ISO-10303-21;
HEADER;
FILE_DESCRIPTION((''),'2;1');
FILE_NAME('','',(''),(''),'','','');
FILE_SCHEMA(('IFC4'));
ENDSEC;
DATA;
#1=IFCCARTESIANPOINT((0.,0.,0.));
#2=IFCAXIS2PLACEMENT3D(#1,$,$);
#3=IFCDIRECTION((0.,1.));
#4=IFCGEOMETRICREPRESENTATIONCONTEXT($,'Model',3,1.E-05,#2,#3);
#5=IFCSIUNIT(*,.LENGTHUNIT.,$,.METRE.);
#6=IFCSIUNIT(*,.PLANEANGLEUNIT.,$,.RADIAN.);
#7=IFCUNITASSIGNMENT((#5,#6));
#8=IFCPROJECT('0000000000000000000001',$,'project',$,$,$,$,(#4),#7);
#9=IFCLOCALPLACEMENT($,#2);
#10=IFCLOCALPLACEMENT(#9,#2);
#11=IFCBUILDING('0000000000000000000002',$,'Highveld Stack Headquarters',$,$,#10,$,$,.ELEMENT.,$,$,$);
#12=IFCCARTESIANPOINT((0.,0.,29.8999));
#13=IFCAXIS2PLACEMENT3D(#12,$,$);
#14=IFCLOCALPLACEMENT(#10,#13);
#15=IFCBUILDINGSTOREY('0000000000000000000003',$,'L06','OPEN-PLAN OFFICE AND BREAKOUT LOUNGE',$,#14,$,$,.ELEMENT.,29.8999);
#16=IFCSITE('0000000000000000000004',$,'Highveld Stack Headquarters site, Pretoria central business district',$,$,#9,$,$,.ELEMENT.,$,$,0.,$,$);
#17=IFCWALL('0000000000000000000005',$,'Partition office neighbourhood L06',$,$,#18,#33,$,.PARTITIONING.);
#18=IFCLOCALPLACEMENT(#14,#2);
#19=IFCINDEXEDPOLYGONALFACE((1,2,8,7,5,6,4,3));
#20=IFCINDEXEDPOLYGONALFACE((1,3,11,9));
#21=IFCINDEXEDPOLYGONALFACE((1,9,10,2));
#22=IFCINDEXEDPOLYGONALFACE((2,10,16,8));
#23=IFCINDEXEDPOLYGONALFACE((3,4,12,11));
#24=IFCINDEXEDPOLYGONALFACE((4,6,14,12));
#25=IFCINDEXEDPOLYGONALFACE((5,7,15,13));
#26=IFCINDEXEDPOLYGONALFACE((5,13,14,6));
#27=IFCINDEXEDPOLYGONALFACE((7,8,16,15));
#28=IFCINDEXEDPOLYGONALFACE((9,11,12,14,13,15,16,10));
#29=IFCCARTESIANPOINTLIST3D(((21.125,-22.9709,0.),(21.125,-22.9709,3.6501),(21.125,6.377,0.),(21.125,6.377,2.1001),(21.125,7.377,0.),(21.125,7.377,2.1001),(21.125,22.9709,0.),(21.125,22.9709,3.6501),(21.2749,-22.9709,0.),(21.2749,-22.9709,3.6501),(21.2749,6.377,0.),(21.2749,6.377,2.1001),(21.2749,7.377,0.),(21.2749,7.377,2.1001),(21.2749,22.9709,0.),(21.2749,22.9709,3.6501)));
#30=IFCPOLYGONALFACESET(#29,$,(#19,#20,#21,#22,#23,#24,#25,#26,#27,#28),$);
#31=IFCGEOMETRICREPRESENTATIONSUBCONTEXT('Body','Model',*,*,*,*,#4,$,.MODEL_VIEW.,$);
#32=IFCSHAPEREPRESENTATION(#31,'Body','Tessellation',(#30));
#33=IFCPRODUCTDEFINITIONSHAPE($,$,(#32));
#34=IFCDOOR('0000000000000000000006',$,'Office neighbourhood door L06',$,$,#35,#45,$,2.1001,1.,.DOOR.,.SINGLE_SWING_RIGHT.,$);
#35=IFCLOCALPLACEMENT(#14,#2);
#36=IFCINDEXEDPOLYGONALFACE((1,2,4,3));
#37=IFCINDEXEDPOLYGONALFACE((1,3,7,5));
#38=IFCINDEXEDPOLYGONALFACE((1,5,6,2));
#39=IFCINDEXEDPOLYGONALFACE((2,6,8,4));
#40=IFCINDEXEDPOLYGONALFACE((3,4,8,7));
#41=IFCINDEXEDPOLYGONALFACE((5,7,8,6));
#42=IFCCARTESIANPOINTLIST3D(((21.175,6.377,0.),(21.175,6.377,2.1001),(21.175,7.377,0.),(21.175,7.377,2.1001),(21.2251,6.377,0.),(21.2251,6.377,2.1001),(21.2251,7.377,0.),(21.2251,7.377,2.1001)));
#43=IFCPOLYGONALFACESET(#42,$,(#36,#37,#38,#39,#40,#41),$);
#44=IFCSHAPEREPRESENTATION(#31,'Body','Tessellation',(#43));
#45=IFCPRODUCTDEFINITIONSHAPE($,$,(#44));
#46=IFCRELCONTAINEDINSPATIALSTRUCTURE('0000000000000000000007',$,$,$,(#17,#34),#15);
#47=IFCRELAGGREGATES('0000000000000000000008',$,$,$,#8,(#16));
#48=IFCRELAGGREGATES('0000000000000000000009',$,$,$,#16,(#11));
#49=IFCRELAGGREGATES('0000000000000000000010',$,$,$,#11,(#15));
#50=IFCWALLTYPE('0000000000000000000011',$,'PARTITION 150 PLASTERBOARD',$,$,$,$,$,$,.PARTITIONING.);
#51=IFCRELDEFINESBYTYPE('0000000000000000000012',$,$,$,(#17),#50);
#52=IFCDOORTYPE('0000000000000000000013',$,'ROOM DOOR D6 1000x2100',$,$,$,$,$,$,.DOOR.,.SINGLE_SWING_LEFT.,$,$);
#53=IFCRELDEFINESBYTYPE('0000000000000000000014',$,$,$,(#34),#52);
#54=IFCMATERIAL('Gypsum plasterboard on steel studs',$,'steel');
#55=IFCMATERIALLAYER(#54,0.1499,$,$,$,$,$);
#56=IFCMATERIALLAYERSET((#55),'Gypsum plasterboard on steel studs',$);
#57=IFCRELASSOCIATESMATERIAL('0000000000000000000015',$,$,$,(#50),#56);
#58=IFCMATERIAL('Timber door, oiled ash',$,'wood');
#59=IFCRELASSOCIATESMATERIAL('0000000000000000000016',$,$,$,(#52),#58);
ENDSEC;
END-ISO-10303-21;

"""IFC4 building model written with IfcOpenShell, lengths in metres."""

from ifc_helpers import new_model, si_unit, direction, frame, frame_2d, origin, place, context, subcontext, project, spatial, rectangle, extrude, material, layer, layer_set, type_object, element, fill, save


model = new_model("IFC4")

# Units and contexts
model_context = context("Model", 3, precision=1e-05, world=origin(), true_north=direction((0.0, 1.0)))
body_context = subcontext(model_context, "Body", "Model", "MODEL_VIEW")
ifc_project = project(units=[si_unit("LENGTHUNIT", "METRE"), si_unit("PLANEANGLEUNIT", "RADIAN")], contexts=[model_context])

# Site, building, storey
site_placement = place(None, origin())
site = spatial("IfcSite", under=ifc_project, at=site_placement, Name="Highveld Stack Headquarters site, Pretoria central business district", CompositionType="ELEMENT", RefElevation=0.0)
building_placement = place(site_placement, origin())
building = spatial("IfcBuilding", under=site, at=building_placement, Name="Highveld Stack Headquarters", CompositionType="ELEMENT")
storey_placement = place(building_placement, frame((0.0, 0.0, 29.8999)))
storey = spatial("IfcBuildingStorey", under=building, at=storey_placement, Name="L06", Description="OPEN-PLAN OFFICE AND BREAKOUT LOUNGE", CompositionType="ELEMENT", Elevation=29.8999)

# Wall, opening, door
ifc_material_1 = material(Name="Gypsum plasterboard on steel studs", Category="steel")
ifc_layer_1 = layer(ifc_material_1, 0.1499)
ifc_layer_set_1 = layer_set([ifc_layer_1], Name="Gypsum plasterboard on steel studs")
wall_type = type_object("IfcWallType", Name="PARTITION 150 PLASTERBOARD", PredefinedType="PARTITIONING", material=ifc_layer_set_1)
ifc_material_2 = material(Name="Timber door, oiled ash", Category="wood")
door_type = type_object("IfcDoorType", Name="ROOM DOOR D6 1000x2100", OperationType="SINGLE_SWING_LEFT", PredefinedType="DOOR", material=ifc_material_2)
wall_1_placement = place(storey_placement, frame((21.2, -22.9709, 0.0), z_axis=(0.0, 0.0, 1.0), x_axis=(0.0, 1.0, 0.0)))
wall_1 = element("IfcWall", 1, at=wall_1_placement, inside=storey, type_object=wall_type, Name="Partition office neighbourhood L06", PredefinedType="PARTITIONING", context=body_context, shape_type="SweptSolid", body=[
    extrude(rectangle(XDim=45.9419, YDim=0.1499, at=frame_2d((22.9709, 0.0))), origin(), (0.0, 0.0, 1.0), 3.6501),
])
opening_1_placement = place(wall_1_placement, frame((29.3479, 0.0, 0.0)))
opening_1 = element("IfcOpeningElement", 2, at=opening_1_placement, cuts=wall_1, PredefinedType="OPENING", context=body_context, shape_type="SweptSolid", body=[
    extrude(rectangle(XDim=1.0, YDim=2.1001, at=frame_2d((0.5, 1.05))), frame((0.0, 0.085, 0.0), z_axis=(0.0, -1.0, 0.0), x_axis=(1.0, 0.0, 0.0)), (0.0, 0.0, 1.0), 0.1699),
])
door_1_placement = place(opening_1_placement, origin())
door_1 = element("IfcDoor", 3, at=door_1_placement, inside=storey, type_object=door_type, Name="Office neighbourhood door L06", OperationType="SINGLE_SWING_RIGHT", OverallHeight=2.1001, OverallWidth=1.0, PredefinedType="DOOR", context=body_context, shape_type="SweptSolid", body=[
    extrude(rectangle(XDim=1.0, YDim=2.1001, at=frame_2d((0.5, 1.05))), frame((0.0, 0.0249, 0.0), z_axis=(0.0, -1.0, 0.0), x_axis=(1.0, 0.0, 0.0)), (0.0, 0.0, 1.0), 0.05),
])
fill(opening_1, door_1)

save(model, "model.ifc")
